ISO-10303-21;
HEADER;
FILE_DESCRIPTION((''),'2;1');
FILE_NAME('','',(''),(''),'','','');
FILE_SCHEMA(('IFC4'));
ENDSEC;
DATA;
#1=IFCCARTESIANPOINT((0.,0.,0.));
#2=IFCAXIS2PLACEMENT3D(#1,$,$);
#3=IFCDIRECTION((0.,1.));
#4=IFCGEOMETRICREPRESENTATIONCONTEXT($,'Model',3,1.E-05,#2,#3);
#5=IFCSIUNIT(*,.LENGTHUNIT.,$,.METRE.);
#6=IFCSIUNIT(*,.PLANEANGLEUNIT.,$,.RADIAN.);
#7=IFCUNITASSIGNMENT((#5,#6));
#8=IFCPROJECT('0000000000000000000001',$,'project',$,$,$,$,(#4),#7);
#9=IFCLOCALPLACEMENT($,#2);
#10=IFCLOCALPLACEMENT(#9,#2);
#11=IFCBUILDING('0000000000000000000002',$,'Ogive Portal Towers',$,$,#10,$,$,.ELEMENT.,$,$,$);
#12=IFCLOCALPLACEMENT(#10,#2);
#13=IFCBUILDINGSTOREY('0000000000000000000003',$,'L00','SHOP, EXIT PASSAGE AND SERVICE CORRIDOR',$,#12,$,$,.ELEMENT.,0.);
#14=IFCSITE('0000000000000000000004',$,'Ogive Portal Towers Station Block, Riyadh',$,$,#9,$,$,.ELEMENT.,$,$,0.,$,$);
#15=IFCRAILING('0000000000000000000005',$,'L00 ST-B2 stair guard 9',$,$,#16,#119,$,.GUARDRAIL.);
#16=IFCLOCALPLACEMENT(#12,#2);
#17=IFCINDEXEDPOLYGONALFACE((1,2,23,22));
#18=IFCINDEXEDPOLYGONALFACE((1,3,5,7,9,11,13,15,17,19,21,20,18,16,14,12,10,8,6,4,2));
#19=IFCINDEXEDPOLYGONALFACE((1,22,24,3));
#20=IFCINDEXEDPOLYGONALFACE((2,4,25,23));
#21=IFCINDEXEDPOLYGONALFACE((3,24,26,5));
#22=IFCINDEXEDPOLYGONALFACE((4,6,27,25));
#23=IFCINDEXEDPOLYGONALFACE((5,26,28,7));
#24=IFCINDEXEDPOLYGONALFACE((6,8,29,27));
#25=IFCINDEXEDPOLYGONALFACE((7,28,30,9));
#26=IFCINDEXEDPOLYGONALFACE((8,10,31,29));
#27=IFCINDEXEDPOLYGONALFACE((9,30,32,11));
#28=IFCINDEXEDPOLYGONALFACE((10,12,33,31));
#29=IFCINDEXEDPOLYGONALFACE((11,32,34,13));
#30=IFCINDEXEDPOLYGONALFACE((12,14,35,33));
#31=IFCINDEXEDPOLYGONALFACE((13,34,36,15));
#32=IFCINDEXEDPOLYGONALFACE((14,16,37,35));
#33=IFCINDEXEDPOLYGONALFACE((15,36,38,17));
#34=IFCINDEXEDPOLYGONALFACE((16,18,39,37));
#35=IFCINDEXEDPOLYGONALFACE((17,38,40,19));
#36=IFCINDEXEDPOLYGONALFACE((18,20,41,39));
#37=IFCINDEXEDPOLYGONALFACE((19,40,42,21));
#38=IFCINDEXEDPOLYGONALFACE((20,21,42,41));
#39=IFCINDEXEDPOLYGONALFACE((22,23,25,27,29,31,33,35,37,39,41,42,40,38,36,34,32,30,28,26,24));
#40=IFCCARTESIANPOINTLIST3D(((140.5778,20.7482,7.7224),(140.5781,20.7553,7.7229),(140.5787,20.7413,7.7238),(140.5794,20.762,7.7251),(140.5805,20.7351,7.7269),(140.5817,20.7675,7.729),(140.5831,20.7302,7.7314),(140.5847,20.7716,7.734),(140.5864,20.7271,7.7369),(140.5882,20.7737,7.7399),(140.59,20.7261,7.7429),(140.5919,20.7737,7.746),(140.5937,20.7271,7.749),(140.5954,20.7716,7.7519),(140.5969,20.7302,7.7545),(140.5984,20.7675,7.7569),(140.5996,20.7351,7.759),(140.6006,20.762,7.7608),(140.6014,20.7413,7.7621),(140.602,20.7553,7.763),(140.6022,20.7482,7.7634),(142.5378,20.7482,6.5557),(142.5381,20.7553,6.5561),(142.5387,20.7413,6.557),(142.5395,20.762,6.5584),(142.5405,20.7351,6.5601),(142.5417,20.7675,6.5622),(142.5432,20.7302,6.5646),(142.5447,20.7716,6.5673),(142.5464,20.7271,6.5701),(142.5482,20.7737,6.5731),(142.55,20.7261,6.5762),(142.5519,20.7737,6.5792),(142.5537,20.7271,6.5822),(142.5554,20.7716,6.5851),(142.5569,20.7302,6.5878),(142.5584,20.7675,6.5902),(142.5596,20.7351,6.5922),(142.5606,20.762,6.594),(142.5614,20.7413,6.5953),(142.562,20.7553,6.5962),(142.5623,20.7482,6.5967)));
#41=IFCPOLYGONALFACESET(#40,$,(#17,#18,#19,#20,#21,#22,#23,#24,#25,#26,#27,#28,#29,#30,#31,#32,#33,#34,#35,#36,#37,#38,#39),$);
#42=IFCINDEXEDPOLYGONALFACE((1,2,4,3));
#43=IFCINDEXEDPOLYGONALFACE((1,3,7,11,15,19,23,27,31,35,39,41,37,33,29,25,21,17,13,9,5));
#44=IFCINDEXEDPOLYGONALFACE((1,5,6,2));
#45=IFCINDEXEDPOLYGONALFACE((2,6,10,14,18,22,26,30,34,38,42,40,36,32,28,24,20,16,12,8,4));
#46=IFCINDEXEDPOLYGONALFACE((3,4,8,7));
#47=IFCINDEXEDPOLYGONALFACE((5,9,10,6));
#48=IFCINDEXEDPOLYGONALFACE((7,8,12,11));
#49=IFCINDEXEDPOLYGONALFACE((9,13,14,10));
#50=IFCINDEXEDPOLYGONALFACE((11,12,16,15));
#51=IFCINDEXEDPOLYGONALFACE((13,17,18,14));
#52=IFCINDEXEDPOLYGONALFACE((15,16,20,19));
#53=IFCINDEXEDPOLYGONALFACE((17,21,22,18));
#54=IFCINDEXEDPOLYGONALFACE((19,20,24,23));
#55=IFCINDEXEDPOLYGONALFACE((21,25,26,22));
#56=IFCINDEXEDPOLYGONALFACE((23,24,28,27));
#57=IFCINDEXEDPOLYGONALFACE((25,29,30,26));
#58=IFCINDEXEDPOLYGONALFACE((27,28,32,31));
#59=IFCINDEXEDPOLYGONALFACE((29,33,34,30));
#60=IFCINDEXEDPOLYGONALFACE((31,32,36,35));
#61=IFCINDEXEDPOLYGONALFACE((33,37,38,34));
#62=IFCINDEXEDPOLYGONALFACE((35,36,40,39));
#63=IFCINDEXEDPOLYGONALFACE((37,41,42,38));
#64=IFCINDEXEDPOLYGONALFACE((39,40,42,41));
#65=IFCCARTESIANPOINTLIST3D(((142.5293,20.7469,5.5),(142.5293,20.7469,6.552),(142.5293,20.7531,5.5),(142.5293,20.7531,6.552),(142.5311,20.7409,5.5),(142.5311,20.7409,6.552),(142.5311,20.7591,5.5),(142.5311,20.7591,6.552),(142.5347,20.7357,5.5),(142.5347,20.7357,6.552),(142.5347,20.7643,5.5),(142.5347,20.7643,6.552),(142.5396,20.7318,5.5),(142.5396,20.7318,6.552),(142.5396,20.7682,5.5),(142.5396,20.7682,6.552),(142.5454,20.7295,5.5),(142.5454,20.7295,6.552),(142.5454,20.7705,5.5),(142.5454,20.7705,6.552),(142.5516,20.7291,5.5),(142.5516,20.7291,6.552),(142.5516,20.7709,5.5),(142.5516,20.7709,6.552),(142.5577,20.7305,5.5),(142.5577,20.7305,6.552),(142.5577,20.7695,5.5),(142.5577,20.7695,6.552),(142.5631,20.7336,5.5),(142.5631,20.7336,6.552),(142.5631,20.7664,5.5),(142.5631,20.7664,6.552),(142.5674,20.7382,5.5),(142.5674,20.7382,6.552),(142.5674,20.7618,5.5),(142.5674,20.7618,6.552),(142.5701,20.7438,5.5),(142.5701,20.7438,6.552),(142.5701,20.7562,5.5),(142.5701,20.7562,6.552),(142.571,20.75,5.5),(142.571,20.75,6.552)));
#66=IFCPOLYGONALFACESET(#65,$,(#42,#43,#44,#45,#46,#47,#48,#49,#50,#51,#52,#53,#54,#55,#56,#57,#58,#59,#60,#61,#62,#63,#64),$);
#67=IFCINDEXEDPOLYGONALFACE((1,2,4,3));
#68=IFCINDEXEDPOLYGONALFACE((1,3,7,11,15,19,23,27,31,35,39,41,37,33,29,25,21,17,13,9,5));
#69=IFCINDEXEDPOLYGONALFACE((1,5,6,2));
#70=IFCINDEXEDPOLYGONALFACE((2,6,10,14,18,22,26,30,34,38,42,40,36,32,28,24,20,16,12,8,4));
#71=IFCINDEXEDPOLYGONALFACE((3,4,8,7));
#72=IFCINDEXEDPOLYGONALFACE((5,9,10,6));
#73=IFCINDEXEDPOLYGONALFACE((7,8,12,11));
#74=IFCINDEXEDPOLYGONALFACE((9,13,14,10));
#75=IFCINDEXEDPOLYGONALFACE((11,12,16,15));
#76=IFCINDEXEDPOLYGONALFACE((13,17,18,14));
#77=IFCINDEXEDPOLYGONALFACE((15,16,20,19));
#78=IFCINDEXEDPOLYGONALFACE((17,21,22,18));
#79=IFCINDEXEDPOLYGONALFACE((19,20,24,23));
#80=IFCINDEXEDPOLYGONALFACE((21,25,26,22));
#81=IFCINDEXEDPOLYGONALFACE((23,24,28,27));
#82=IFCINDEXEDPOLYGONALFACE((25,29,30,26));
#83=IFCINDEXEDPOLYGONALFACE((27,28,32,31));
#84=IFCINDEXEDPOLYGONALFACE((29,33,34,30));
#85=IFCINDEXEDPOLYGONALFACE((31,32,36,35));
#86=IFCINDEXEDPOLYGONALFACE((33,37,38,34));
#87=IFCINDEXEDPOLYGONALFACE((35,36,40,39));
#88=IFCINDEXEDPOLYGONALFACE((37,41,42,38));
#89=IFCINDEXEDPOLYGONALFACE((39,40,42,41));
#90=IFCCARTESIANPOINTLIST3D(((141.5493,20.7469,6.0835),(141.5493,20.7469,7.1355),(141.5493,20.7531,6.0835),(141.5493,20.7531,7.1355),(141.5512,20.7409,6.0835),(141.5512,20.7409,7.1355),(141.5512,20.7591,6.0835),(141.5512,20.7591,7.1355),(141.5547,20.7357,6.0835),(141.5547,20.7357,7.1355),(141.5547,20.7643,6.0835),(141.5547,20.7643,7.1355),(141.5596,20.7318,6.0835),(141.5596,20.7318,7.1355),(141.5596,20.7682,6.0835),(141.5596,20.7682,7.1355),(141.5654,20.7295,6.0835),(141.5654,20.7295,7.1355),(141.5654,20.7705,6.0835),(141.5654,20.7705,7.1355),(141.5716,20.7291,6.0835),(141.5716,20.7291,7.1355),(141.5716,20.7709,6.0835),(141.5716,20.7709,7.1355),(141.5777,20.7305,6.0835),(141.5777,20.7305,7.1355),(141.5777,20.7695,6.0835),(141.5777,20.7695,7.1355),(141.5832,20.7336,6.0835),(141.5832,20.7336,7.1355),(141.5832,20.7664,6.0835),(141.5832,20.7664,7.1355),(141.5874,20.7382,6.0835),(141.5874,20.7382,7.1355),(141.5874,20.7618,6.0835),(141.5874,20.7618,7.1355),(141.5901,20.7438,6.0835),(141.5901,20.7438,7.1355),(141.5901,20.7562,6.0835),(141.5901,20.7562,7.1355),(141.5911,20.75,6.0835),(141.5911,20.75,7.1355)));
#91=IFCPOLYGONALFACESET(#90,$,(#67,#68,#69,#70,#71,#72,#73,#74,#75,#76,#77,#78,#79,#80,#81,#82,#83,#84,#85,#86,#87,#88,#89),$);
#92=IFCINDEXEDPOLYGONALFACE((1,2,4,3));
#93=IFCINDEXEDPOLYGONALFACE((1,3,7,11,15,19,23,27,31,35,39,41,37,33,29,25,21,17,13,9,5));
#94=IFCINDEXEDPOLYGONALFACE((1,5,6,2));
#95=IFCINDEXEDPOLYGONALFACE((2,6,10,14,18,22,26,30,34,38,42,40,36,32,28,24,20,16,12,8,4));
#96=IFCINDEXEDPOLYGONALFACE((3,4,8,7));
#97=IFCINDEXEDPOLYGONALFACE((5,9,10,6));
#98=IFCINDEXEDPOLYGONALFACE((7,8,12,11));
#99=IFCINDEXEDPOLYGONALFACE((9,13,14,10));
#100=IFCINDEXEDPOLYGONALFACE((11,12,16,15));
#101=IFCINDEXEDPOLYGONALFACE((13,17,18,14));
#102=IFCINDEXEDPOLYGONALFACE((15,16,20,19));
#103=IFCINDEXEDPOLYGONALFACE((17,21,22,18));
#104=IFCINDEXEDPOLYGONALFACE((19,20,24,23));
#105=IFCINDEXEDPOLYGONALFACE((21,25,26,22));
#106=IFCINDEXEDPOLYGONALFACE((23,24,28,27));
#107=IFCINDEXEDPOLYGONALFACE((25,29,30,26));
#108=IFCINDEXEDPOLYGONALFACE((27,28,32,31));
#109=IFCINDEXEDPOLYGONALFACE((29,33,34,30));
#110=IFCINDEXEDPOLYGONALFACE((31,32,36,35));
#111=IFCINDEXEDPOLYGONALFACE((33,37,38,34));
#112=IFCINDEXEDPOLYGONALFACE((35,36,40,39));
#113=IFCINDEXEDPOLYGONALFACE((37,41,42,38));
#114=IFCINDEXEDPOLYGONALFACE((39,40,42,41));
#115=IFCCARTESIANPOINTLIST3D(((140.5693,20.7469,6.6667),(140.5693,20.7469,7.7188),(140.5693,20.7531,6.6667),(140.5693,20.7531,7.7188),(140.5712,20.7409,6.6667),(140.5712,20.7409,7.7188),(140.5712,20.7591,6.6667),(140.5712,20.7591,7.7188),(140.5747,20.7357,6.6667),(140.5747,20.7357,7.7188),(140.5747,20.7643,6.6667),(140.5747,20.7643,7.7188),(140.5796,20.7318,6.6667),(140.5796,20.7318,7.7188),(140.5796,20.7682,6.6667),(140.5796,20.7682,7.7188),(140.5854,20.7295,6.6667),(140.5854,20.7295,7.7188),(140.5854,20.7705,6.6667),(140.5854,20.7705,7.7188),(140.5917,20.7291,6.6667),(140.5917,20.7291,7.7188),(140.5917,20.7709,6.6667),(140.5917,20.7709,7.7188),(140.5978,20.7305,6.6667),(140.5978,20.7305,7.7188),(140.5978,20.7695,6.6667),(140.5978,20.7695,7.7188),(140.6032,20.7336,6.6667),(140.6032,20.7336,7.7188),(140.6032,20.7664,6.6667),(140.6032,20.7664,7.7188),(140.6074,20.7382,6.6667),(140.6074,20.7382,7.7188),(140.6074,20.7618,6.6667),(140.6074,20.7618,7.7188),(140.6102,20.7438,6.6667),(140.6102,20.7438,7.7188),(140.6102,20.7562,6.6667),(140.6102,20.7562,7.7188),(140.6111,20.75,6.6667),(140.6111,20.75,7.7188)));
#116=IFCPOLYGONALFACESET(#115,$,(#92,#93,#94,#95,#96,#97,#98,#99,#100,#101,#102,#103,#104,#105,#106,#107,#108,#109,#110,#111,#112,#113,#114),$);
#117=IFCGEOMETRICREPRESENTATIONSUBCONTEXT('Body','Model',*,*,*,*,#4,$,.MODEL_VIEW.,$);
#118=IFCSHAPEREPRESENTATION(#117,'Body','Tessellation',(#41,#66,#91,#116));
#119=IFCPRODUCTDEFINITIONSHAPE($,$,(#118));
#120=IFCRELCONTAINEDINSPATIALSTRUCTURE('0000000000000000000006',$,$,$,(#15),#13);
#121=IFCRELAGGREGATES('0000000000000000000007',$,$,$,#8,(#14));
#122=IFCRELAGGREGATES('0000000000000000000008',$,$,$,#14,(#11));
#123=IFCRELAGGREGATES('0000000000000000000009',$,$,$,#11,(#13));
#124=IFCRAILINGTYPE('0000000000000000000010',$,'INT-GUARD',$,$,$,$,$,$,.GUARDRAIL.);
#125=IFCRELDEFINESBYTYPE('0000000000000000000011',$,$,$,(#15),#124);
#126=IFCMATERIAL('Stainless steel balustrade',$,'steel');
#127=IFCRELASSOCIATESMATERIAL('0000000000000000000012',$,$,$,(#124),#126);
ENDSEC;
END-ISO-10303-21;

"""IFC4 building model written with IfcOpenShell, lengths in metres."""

from ifc_helpers import new_model, si_unit, direction, frame, origin, origin_2d, place, context, subcontext, project, spatial, circle, extrude, material, type_object, element, save


model = new_model("IFC4")

# Units and contexts
model_context = context("Model", 3, precision=1e-05, world=origin(), true_north=direction((0.0, 1.0)))
body_context = subcontext(model_context, "Body", "Model", "MODEL_VIEW")
ifc_project = project(units=[si_unit("LENGTHUNIT", "METRE"), si_unit("PLANEANGLEUNIT", "RADIAN")], contexts=[model_context])

# Site, building, storey
site_placement = place(None, origin())
site = spatial("IfcSite", under=ifc_project, at=site_placement, Name="Ogive Portal Towers Station Block, Riyadh", CompositionType="ELEMENT", RefElevation=0.0)
building_placement = place(site_placement, origin())
building = spatial("IfcBuilding", under=site, at=building_placement, Name="Ogive Portal Towers", CompositionType="ELEMENT")
storey_placement = place(building_placement, origin())
storey = spatial("IfcBuildingStorey", under=building, at=storey_placement, Name="L00", Description="SHOP, EXIT PASSAGE AND SERVICE CORRIDOR", CompositionType="ELEMENT", Elevation=0.0)

# Railing
ifc_material_1 = material(Name="Stainless steel balustrade", Category="steel")
railing_type_1 = type_object("IfcRailingType", Name="INT-GUARD", PredefinedType="GUARDRAIL", material=ifc_material_1)
railing_1_placement = place(storey_placement, frame((142.55, 20.75, 5.5)))
element("IfcRailing", 1, at=railing_1_placement, inside=storey, type_object=railing_type_1, Name="L00 ST-B2 stair guard 9", PredefinedType="GUARDRAIL", context=body_context, shape_type="SweptSolid", body=[
    extrude(circle(Radius=0.0239, at=origin_2d()), frame((0.0, 0.0, 1.0762), z_axis=(-0.859273, 0.0, 0.511518), x_axis=(0.0, -1.0, 0.0)), (0.0, 0.0, 1.0), 2.281),
    extrude(circle(Radius=0.021, at=origin_2d()), origin(), (0.0, 0.0, 1.0), 1.052),
    extrude(circle(Radius=0.021, at=origin_2d()), frame((-0.98, 0.0, 0.5835)), (0.0, 0.0, 1.0), 1.052),
    extrude(circle(Radius=0.021, at=origin_2d()), frame((-1.96, 0.0, 1.1667)), (0.0, 0.0, 1.0), 1.052),
])

save(model, "model.ifc")
